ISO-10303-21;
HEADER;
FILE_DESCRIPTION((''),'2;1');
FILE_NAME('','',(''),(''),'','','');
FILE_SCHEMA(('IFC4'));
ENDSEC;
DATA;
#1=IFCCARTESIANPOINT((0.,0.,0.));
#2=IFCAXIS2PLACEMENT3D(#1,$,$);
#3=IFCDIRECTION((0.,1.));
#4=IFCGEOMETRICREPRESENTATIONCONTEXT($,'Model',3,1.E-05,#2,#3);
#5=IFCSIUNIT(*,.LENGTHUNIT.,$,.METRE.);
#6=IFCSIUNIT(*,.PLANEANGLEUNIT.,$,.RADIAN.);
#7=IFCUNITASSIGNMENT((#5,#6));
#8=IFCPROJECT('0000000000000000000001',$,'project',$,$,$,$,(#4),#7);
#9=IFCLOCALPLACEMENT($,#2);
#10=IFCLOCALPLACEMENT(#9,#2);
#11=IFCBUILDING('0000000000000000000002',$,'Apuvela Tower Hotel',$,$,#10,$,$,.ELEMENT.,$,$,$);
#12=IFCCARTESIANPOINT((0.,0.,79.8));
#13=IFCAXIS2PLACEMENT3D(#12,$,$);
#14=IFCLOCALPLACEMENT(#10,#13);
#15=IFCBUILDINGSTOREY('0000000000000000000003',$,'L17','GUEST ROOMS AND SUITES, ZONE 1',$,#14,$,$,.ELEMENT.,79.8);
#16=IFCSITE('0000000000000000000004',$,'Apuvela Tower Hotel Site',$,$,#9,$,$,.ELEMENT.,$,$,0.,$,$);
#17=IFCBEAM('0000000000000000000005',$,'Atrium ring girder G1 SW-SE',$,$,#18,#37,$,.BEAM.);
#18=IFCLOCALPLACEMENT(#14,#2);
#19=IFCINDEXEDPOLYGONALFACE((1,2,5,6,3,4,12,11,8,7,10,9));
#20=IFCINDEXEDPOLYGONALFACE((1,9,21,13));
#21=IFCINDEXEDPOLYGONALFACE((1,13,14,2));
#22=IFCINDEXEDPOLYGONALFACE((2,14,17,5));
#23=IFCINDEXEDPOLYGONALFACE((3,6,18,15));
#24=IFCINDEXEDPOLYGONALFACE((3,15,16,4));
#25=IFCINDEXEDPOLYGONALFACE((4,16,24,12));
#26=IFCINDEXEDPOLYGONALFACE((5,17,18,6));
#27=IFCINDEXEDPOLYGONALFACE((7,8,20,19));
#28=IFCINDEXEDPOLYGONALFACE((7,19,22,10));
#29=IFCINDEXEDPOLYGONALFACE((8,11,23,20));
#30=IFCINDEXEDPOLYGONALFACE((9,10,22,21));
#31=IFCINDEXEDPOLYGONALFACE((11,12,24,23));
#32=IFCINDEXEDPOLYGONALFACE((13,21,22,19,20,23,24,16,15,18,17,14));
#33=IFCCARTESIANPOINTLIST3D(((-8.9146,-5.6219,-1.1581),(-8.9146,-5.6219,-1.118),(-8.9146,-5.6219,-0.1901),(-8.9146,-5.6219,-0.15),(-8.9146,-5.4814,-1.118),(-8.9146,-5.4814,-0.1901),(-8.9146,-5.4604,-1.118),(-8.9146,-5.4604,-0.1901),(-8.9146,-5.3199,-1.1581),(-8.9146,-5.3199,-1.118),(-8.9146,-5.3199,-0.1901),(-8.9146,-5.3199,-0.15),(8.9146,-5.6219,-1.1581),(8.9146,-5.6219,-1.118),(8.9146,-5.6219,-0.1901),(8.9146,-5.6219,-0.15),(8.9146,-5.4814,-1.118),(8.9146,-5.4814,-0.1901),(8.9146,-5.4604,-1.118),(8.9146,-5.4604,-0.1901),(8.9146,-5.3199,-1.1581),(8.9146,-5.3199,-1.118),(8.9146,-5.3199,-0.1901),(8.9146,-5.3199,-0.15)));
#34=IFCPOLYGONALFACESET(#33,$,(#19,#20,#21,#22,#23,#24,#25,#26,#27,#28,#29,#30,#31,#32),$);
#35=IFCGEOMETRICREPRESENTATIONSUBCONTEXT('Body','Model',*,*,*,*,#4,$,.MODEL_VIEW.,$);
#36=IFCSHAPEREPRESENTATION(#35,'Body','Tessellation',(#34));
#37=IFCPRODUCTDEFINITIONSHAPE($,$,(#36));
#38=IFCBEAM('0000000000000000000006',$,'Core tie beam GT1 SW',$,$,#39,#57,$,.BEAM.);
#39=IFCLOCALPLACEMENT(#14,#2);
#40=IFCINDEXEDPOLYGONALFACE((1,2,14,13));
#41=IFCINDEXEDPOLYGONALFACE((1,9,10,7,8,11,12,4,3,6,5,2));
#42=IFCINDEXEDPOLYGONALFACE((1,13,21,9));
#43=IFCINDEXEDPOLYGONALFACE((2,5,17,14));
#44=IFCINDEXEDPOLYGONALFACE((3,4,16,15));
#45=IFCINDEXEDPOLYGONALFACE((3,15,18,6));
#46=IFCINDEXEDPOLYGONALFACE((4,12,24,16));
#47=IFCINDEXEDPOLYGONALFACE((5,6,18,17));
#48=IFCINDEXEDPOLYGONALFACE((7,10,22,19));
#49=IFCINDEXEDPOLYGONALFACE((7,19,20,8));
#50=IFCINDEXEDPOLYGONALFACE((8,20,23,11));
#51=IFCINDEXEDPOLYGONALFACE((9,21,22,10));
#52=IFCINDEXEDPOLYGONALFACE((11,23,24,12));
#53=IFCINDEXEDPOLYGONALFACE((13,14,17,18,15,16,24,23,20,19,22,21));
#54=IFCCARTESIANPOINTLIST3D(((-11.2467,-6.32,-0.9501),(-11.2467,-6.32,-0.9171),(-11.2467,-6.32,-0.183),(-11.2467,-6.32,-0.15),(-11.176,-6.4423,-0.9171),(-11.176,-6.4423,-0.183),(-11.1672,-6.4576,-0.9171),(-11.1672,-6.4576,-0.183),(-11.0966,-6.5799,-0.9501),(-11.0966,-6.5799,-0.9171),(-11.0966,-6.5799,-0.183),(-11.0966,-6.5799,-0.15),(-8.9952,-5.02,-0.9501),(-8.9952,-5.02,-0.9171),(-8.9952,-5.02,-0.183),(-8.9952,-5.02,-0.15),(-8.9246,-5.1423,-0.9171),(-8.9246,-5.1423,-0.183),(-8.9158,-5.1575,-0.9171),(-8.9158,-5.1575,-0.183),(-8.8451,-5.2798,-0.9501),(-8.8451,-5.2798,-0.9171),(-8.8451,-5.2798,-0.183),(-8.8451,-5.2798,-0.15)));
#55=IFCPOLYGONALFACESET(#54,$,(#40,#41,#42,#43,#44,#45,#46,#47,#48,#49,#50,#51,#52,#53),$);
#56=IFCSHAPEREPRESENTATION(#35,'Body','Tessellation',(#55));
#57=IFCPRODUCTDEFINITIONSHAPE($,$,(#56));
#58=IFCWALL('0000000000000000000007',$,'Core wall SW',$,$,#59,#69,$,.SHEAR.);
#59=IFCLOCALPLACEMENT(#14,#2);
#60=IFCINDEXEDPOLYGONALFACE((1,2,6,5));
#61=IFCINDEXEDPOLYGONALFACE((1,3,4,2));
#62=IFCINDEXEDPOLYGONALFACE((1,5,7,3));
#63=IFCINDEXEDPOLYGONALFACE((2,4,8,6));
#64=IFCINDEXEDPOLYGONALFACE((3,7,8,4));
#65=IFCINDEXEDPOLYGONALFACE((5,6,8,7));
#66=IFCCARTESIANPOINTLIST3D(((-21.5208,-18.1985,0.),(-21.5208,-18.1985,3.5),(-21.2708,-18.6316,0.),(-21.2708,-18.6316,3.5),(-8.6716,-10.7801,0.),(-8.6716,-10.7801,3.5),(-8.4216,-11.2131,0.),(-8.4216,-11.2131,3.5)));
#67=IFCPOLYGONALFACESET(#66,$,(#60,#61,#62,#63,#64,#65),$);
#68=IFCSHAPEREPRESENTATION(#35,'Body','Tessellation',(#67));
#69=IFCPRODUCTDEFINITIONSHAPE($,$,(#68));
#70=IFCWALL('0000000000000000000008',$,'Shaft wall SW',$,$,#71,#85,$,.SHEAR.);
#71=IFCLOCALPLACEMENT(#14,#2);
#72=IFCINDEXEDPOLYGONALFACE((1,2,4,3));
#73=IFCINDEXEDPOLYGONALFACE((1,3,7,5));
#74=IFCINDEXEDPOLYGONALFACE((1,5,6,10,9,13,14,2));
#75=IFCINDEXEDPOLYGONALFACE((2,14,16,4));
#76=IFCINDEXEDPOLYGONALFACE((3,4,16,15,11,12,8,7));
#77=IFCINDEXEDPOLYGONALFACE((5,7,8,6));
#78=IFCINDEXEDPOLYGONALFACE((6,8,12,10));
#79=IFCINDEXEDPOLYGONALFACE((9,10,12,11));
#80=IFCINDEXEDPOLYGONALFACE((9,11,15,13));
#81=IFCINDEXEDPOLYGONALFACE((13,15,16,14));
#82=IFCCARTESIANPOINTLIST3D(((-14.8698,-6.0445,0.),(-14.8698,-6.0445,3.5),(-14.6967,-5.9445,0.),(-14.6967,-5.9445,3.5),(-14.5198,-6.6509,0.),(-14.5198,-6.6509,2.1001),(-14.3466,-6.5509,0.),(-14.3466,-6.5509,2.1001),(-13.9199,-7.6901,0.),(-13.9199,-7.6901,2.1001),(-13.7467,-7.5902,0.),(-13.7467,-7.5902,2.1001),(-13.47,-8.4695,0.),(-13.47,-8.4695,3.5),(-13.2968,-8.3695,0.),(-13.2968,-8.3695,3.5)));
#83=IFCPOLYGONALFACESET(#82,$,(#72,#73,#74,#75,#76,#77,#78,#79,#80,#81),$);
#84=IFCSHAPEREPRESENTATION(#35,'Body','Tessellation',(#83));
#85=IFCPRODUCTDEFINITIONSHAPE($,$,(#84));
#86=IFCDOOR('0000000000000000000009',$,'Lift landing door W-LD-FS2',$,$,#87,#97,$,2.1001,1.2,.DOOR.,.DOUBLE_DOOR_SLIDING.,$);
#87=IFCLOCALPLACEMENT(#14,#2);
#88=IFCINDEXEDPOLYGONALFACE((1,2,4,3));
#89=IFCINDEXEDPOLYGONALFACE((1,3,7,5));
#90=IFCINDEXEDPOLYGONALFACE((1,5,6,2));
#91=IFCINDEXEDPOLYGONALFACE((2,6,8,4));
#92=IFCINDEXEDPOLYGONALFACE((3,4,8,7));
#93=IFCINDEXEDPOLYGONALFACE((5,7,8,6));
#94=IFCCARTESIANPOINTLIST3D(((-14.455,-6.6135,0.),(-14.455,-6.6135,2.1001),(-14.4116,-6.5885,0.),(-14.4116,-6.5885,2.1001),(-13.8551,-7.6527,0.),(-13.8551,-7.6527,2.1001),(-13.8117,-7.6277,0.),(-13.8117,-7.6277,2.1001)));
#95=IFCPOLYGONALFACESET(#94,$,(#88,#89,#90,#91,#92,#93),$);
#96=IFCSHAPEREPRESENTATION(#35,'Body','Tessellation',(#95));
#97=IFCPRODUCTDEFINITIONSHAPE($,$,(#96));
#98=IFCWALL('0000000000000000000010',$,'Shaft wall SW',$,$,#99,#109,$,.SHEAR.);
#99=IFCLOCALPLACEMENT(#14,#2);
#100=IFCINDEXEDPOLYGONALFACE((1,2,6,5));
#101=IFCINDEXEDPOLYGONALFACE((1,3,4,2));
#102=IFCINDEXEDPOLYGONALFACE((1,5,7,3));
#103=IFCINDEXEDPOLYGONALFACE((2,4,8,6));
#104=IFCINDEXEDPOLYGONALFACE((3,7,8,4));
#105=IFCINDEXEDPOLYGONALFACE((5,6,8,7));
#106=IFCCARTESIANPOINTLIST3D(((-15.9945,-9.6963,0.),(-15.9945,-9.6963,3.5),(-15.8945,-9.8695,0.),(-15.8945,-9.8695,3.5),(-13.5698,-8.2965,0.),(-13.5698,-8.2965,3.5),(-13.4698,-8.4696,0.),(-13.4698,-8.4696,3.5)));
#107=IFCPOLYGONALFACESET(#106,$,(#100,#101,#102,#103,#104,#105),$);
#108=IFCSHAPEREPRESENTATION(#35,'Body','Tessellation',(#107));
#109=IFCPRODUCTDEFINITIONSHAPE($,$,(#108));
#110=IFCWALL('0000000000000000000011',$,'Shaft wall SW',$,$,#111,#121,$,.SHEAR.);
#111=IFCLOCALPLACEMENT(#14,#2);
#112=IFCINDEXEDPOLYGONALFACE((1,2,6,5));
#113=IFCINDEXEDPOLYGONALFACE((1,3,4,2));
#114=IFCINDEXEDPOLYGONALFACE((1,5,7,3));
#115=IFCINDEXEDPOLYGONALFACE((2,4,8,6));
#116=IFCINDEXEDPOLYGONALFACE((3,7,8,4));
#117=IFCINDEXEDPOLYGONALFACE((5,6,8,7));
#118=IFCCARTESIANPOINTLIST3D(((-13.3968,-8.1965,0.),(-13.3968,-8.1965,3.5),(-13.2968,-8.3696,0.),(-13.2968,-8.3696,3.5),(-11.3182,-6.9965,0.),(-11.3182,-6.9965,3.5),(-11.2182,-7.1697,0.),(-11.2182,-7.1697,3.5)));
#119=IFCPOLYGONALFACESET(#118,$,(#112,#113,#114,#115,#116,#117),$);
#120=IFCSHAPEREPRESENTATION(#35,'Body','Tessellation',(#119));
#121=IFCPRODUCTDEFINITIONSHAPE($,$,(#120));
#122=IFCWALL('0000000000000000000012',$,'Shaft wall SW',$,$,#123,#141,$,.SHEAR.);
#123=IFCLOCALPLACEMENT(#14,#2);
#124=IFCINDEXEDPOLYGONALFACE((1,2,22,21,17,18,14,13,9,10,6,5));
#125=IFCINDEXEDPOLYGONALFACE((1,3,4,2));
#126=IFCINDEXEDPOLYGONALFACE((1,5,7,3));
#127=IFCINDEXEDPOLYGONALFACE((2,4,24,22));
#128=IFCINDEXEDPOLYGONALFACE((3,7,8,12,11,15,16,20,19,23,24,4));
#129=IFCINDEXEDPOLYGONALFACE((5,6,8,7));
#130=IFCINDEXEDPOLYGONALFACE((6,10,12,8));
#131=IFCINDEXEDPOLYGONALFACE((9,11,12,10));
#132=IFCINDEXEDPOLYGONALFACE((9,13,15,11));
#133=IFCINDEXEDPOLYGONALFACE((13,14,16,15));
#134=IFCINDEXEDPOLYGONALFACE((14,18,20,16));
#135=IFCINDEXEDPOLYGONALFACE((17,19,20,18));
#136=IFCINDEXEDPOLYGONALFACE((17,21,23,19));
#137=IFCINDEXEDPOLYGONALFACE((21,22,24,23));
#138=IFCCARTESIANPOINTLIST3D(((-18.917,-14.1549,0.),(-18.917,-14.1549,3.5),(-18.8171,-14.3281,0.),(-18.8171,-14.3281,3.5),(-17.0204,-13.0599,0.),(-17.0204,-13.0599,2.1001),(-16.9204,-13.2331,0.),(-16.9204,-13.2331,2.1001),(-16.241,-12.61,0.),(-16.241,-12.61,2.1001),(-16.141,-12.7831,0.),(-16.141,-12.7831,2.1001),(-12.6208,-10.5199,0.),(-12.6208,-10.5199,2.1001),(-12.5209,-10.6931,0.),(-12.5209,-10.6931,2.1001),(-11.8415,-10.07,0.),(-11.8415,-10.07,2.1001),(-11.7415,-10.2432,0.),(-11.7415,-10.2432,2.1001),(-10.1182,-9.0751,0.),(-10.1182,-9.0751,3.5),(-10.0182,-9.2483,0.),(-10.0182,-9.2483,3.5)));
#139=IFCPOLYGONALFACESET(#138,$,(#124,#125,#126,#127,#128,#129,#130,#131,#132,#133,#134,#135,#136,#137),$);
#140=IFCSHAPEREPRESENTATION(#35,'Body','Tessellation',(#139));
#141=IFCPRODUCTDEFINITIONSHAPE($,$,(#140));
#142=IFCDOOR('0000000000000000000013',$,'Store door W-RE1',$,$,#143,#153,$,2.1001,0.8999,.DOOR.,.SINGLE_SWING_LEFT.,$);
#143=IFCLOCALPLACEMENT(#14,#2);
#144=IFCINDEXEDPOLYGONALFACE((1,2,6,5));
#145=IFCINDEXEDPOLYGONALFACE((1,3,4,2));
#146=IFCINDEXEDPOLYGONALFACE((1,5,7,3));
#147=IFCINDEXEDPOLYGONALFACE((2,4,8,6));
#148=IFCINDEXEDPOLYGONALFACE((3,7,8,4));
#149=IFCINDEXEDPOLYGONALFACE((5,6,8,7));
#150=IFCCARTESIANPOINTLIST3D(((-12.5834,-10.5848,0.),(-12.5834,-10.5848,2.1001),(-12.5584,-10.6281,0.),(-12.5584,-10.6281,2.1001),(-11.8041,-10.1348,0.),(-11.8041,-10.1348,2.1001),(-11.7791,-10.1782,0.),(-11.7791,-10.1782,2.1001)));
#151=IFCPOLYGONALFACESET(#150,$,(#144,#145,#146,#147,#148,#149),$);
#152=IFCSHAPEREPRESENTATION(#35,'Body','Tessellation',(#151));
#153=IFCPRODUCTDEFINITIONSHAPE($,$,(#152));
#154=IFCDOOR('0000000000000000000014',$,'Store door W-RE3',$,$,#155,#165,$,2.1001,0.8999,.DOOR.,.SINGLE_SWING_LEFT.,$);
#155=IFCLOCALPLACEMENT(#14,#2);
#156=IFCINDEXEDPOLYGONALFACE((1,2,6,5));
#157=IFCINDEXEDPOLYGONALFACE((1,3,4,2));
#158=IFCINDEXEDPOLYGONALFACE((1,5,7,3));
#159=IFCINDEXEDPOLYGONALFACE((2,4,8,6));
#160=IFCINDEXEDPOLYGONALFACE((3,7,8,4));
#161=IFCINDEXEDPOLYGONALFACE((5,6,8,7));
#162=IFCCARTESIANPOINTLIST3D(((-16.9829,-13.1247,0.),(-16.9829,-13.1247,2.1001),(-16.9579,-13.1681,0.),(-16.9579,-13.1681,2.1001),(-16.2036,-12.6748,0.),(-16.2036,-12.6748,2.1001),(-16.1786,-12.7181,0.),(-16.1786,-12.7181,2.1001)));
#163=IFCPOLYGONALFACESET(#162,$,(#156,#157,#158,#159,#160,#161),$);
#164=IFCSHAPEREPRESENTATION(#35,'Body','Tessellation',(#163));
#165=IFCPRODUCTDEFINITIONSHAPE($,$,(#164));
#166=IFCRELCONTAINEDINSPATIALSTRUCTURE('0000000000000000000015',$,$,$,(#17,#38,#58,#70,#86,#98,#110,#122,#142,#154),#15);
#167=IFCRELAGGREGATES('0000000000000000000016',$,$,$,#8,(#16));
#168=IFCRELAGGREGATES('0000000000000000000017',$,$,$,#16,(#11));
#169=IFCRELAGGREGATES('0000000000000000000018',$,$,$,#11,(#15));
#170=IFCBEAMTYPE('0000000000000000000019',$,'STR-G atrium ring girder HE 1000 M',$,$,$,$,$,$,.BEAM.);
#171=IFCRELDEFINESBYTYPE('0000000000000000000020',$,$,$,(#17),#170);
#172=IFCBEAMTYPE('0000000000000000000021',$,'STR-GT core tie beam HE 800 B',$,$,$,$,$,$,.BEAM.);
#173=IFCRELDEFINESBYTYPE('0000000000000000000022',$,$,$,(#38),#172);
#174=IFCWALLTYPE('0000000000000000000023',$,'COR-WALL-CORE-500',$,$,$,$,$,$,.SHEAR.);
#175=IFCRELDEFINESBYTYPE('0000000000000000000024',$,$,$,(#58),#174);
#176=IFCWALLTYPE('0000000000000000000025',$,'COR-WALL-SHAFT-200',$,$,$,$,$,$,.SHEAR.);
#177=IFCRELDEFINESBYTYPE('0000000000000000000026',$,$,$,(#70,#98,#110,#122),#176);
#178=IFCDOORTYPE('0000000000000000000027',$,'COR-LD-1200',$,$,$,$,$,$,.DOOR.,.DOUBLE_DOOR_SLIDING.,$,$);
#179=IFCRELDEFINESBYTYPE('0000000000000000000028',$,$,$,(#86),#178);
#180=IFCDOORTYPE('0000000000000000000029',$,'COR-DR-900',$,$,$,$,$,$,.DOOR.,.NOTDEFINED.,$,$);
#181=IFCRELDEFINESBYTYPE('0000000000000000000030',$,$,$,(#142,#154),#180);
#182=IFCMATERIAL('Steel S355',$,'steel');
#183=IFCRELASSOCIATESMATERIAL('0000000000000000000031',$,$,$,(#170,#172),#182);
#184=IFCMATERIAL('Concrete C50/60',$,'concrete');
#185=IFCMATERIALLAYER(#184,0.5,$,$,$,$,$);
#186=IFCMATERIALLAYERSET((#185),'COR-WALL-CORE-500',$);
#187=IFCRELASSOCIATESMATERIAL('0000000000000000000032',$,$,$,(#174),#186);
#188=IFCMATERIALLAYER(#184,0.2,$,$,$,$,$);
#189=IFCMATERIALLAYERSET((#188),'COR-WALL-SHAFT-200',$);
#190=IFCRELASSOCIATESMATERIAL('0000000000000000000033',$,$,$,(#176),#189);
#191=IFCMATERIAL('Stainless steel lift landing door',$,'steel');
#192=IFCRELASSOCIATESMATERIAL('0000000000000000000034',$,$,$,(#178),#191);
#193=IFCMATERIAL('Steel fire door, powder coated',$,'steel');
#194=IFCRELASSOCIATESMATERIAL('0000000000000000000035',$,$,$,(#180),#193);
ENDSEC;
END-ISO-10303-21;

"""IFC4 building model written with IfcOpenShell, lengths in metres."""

from ifc_helpers import new_model, si_unit, direction, frame, frame_2d, origin, origin_2d, place, context, subcontext, project, spatial, rectangle, i_section, extrude, material, layer, layer_set, material_profile, profile_set, type_object, element, fill, save


model = new_model("IFC4")

# Units and contexts
model_context = context("Model", 3, precision=1e-05, world=origin(), true_north=direction((0.0, 1.0)))
body_context = subcontext(model_context, "Body", "Model", "MODEL_VIEW")
ifc_project = project(units=[si_unit("LENGTHUNIT", "METRE"), si_unit("PLANEANGLEUNIT", "RADIAN")], contexts=[model_context])

# Site, building, storey
site_placement = place(None, origin())
site = spatial("IfcSite", under=ifc_project, at=site_placement, Name="Apuvela Tower Hotel Site", CompositionType="ELEMENT", RefElevation=0.0)
building_placement = place(site_placement, origin())
building = spatial("IfcBuilding", under=site, at=building_placement, Name="Apuvela Tower Hotel", CompositionType="ELEMENT")
storey_placement = place(building_placement, frame((0.0, 0.0, 79.8)))
storey = spatial("IfcBuildingStorey", under=building, at=storey_placement, Name="L17", Description="GUEST ROOMS AND SUITES, ZONE 1", CompositionType="ELEMENT", Elevation=79.8)

# Beams
ifc_material_1 = material(Name="Steel S355", Category="steel")
ifc_material_profile_1 = material_profile(ifc_material_1, i_section(OverallWidth=0.302, OverallDepth=1.0081, WebThickness=0.021, FlangeThickness=0.04, at=origin_2d()), Name="HE 1000 M")
ifc_profile_set_1 = profile_set([ifc_material_profile_1], Name="Steel S355")
beam_type_1 = type_object("IfcBeamType", Name="STR-G atrium ring girder HE 1000 M", PredefinedType="BEAM", material=ifc_profile_set_1)
beam_1_placement = place(storey_placement, frame((-8.9146, -5.4709, -0.6541), z_axis=(1.0, 0.0, 0.0), x_axis=(0.0, 1.0, 0.0)))
element("IfcBeam", 1, at=beam_1_placement, inside=storey, type_object=beam_type_1, Name="Atrium ring girder G1 SW-SE", PredefinedType="BEAM", context=body_context, shape_type="SweptSolid", body=[
    extrude(i_section(OverallWidth=0.302, OverallDepth=1.0081, WebThickness=0.021, FlangeThickness=0.04, at=origin_2d()), origin(), (0.0, 0.0, 1.0), 17.8291),
])
ifc_material_profile_2 = material_profile(ifc_material_1, i_section(OverallWidth=0.3, OverallDepth=0.8, WebThickness=0.0176, FlangeThickness=0.033, at=origin_2d()), Name="HE 800 B")
ifc_profile_set_2 = profile_set([ifc_material_profile_2], Name="Steel S355")
beam_type_2 = type_object("IfcBeamType", Name="STR-GT core tie beam HE 800 B", PredefinedType="BEAM", material=ifc_profile_set_2)
beam_2_placement = place(storey_placement, frame((-11.1716, -6.45, -0.55), z_axis=(0.865998, 0.500048, 0.0), x_axis=(-0.500048, 0.865998, 0.0)))
element("IfcBeam", 2, at=beam_2_placement, inside=storey, type_object=beam_type_2, Name="Core tie beam GT1 SW", PredefinedType="BEAM", context=body_context, shape_type="SweptSolid", body=[
    extrude(i_section(OverallWidth=0.3, OverallDepth=0.8, WebThickness=0.0176, FlangeThickness=0.033, at=origin_2d()), origin(), (0.0, 0.0, 1.0), 2.5999),
])

# Wall
ifc_material_2 = material(Name="Concrete C50/60", Category="concrete")
ifc_layer_1 = layer(ifc_material_2, 0.5)
ifc_layer_set_1 = layer_set([ifc_layer_1], Name="COR-WALL-CORE-500")
wall_type_1 = type_object("IfcWallType", Name="COR-WALL-CORE-500", PredefinedType="SHEAR", material=ifc_layer_set_1)
wall_1_placement = place(storey_placement, frame((-8.5466, -10.9966, 0.0), z_axis=(0.0, 0.0, 1.0), x_axis=(-0.866025, -0.500001, 0.0)))
element("IfcWall", 3, at=wall_1_placement, inside=storey, type_object=wall_type_1, Name="Core wall SW", PredefinedType="SHEAR", context=body_context, shape_type="SweptSolid", body=[
    extrude(rectangle(XDim=14.8369, YDim=0.5, at=frame_2d((7.4185, 0.0))), origin(), (0.0, 0.0, 1.0), 3.5),
])

# Wall, opening, door
ifc_layer_2 = layer(ifc_material_2, 0.2)
ifc_layer_set_2 = layer_set([ifc_layer_2], Name="COR-WALL-SHAFT-200")
wall_type_2 = type_object("IfcWallType", Name="COR-WALL-SHAFT-200", PredefinedType="SHEAR", material=ifc_layer_set_2)
wall_2_placement = place(storey_placement, frame((-14.7832, -5.9946, 0.0), z_axis=(0.0, 0.0, 1.0), x_axis=(0.499946, -0.866056, 0.0)))
wall_2 = element("IfcWall", 4, at=wall_2_placement, inside=storey, type_object=wall_type_2, Name="Shaft wall SW", PredefinedType="SHEAR", context=body_context, shape_type="SweptSolid", body=[
    extrude(rectangle(XDim=2.8, YDim=0.2, at=frame_2d((1.3999, 0.0))), origin(), (0.0, 0.0, 1.0), 3.5),
])
opening_1_placement = place(wall_2_placement, frame((0.7, 0.0, 0.0)))
opening_1 = element("IfcOpeningElement", 5, at=opening_1_placement, cuts=wall_2, PredefinedType="OPENING", context=body_context, shape_type="SweptSolid", body=[
    extrude(rectangle(XDim=1.2, YDim=2.1001, at=frame_2d((0.6001, 1.05))), frame((0.0, 0.1099, 0.0), z_axis=(0.0, -1.0, 0.0), x_axis=(1.0, 0.0, 0.0)), (0.0, 0.0, 1.0), 0.22),
])
ifc_material_3 = material(Name="Stainless steel lift landing door", Category="steel")
door_type_1 = type_object("IfcDoorType", Name="COR-LD-1200", OperationType="DOUBLE_DOOR_SLIDING", PredefinedType="DOOR", material=ifc_material_3)
door_1_placement = place(opening_1_placement, origin())
door_1 = element("IfcDoor", 6, at=door_1_placement, inside=storey, type_object=door_type_1, Name="Lift landing door W-LD-FS2", OperationType="DOUBLE_DOOR_SLIDING", OverallHeight=2.1001, OverallWidth=1.2, PredefinedType="DOOR", context=body_context, shape_type="SweptSolid", body=[
    extrude(rectangle(XDim=1.2, YDim=2.1001, at=frame_2d((0.6001, 1.05))), frame((0.0, 0.0249, 0.0), z_axis=(0.0, -1.0, 0.0), x_axis=(1.0, 0.0, 0.0)), (0.0, 0.0, 1.0), 0.05),
])
fill(opening_1, door_1)

# Walls
wall_3_placement = place(storey_placement, frame((-13.5198, -8.3831, 0.0), z_axis=(0.0, 0.0, 1.0), x_axis=(-0.866035, -0.499984, 0.0)))
element("IfcWall", 7, at=wall_3_placement, inside=storey, type_object=wall_type_2, Name="Shaft wall SW", PredefinedType="SHEAR", context=body_context, shape_type="SweptSolid", body=[
    extrude(rectangle(XDim=2.7998, YDim=0.2, at=frame_2d((1.3999, 0.0))), origin(), (0.0, 0.0, 1.0), 3.5),
])
wall_4_placement = place(storey_placement, frame((-11.2681, -7.083, 0.0), z_axis=(0.0, 0.0, 1.0), x_axis=(-0.86605, -0.499957, 0.0)))
element("IfcWall", 8, at=wall_4_placement, inside=storey, type_object=wall_type_2, Name="Shaft wall SW", PredefinedType="SHEAR", context=body_context, shape_type="SweptSolid", body=[
    extrude(rectangle(XDim=2.4001, YDim=0.2, at=frame_2d((1.2002, 0.0))), origin(), (0.0, 0.0, 1.0), 3.5),
])

# Wall, openings, doors
wall_5_placement = place(storey_placement, frame((-10.0681, -9.1616, 0.0), z_axis=(0.0, 0.0, 1.0), x_axis=(-0.866033, -0.499987, 0.0)))
wall_5 = element("IfcWall", 9, at=wall_5_placement, inside=storey, type_object=wall_type_2, Name="Shaft wall SW", PredefinedType="SHEAR", context=body_context, shape_type="SweptSolid", body=[
    extrude(rectangle(XDim=10.1599, YDim=0.2, at=frame_2d((5.0801, 0.0))), origin(), (0.0, 0.0, 1.0), 3.5),
])
opening_2_placement = place(wall_5_placement, frame((1.99, 0.0, 0.0)))
opening_2 = element("IfcOpeningElement", 10, at=opening_2_placement, cuts=wall_5, PredefinedType="OPENING", context=body_context, shape_type="SweptSolid", body=[
    extrude(rectangle(XDim=0.8999, YDim=2.1001, at=frame_2d((0.45, 1.05))), frame((0.0, 0.1099, 0.0), z_axis=(0.0, -1.0, 0.0), x_axis=(1.0, 0.0, 0.0)), (0.0, 0.0, 1.0), 0.22),
])
opening_3_placement = place(wall_5_placement, frame((7.0701, 0.0, 0.0)))
opening_3 = element("IfcOpeningElement", 11, at=opening_3_placement, cuts=wall_5, PredefinedType="OPENING", context=body_context, shape_type="SweptSolid", body=[
    extrude(rectangle(XDim=0.8999, YDim=2.1001, at=frame_2d((0.45, 1.05))), frame((0.0, 0.1099, 0.0), z_axis=(0.0, -1.0, 0.0), x_axis=(1.0, 0.0, 0.0)), (0.0, 0.0, 1.0), 0.22),
])
ifc_material_4 = material(Name="Steel fire door, powder coated", Category="steel")
door_type_2 = type_object("IfcDoorType", Name="COR-DR-900", OperationType="NOTDEFINED", PredefinedType="DOOR", material=ifc_material_4)
door_2_placement = place(opening_2_placement, origin())
door_2 = element("IfcDoor", 12, at=door_2_placement, inside=storey, type_object=door_type_2, Name="Store door W-RE1", OperationType="SINGLE_SWING_LEFT", OverallHeight=2.1001, OverallWidth=0.8999, PredefinedType="DOOR", context=body_context, shape_type="SweptSolid", body=[
    extrude(rectangle(XDim=0.8999, YDim=2.1001, at=frame_2d((0.45, 1.05))), frame((0.0, 0.0249, 0.0), z_axis=(0.0, -1.0, 0.0), x_axis=(1.0, 0.0, 0.0)), (0.0, 0.0, 1.0), 0.05),
])
fill(opening_2, door_2)
door_3_placement = place(opening_3_placement, origin())
door_3 = element("IfcDoor", 13, at=door_3_placement, inside=storey, type_object=door_type_2, Name="Store door W-RE3", OperationType="SINGLE_SWING_LEFT", OverallHeight=2.1001, OverallWidth=0.8999, PredefinedType="DOOR", context=body_context, shape_type="SweptSolid", body=[
    extrude(rectangle(XDim=0.8999, YDim=2.1001, at=frame_2d((0.45, 1.05))), frame((0.0, 0.0249, 0.0), z_axis=(0.0, -1.0, 0.0), x_axis=(1.0, 0.0, 0.0)), (0.0, 0.0, 1.0), 0.05),
])
fill(opening_3, door_3)

save(model, "model.ifc")
